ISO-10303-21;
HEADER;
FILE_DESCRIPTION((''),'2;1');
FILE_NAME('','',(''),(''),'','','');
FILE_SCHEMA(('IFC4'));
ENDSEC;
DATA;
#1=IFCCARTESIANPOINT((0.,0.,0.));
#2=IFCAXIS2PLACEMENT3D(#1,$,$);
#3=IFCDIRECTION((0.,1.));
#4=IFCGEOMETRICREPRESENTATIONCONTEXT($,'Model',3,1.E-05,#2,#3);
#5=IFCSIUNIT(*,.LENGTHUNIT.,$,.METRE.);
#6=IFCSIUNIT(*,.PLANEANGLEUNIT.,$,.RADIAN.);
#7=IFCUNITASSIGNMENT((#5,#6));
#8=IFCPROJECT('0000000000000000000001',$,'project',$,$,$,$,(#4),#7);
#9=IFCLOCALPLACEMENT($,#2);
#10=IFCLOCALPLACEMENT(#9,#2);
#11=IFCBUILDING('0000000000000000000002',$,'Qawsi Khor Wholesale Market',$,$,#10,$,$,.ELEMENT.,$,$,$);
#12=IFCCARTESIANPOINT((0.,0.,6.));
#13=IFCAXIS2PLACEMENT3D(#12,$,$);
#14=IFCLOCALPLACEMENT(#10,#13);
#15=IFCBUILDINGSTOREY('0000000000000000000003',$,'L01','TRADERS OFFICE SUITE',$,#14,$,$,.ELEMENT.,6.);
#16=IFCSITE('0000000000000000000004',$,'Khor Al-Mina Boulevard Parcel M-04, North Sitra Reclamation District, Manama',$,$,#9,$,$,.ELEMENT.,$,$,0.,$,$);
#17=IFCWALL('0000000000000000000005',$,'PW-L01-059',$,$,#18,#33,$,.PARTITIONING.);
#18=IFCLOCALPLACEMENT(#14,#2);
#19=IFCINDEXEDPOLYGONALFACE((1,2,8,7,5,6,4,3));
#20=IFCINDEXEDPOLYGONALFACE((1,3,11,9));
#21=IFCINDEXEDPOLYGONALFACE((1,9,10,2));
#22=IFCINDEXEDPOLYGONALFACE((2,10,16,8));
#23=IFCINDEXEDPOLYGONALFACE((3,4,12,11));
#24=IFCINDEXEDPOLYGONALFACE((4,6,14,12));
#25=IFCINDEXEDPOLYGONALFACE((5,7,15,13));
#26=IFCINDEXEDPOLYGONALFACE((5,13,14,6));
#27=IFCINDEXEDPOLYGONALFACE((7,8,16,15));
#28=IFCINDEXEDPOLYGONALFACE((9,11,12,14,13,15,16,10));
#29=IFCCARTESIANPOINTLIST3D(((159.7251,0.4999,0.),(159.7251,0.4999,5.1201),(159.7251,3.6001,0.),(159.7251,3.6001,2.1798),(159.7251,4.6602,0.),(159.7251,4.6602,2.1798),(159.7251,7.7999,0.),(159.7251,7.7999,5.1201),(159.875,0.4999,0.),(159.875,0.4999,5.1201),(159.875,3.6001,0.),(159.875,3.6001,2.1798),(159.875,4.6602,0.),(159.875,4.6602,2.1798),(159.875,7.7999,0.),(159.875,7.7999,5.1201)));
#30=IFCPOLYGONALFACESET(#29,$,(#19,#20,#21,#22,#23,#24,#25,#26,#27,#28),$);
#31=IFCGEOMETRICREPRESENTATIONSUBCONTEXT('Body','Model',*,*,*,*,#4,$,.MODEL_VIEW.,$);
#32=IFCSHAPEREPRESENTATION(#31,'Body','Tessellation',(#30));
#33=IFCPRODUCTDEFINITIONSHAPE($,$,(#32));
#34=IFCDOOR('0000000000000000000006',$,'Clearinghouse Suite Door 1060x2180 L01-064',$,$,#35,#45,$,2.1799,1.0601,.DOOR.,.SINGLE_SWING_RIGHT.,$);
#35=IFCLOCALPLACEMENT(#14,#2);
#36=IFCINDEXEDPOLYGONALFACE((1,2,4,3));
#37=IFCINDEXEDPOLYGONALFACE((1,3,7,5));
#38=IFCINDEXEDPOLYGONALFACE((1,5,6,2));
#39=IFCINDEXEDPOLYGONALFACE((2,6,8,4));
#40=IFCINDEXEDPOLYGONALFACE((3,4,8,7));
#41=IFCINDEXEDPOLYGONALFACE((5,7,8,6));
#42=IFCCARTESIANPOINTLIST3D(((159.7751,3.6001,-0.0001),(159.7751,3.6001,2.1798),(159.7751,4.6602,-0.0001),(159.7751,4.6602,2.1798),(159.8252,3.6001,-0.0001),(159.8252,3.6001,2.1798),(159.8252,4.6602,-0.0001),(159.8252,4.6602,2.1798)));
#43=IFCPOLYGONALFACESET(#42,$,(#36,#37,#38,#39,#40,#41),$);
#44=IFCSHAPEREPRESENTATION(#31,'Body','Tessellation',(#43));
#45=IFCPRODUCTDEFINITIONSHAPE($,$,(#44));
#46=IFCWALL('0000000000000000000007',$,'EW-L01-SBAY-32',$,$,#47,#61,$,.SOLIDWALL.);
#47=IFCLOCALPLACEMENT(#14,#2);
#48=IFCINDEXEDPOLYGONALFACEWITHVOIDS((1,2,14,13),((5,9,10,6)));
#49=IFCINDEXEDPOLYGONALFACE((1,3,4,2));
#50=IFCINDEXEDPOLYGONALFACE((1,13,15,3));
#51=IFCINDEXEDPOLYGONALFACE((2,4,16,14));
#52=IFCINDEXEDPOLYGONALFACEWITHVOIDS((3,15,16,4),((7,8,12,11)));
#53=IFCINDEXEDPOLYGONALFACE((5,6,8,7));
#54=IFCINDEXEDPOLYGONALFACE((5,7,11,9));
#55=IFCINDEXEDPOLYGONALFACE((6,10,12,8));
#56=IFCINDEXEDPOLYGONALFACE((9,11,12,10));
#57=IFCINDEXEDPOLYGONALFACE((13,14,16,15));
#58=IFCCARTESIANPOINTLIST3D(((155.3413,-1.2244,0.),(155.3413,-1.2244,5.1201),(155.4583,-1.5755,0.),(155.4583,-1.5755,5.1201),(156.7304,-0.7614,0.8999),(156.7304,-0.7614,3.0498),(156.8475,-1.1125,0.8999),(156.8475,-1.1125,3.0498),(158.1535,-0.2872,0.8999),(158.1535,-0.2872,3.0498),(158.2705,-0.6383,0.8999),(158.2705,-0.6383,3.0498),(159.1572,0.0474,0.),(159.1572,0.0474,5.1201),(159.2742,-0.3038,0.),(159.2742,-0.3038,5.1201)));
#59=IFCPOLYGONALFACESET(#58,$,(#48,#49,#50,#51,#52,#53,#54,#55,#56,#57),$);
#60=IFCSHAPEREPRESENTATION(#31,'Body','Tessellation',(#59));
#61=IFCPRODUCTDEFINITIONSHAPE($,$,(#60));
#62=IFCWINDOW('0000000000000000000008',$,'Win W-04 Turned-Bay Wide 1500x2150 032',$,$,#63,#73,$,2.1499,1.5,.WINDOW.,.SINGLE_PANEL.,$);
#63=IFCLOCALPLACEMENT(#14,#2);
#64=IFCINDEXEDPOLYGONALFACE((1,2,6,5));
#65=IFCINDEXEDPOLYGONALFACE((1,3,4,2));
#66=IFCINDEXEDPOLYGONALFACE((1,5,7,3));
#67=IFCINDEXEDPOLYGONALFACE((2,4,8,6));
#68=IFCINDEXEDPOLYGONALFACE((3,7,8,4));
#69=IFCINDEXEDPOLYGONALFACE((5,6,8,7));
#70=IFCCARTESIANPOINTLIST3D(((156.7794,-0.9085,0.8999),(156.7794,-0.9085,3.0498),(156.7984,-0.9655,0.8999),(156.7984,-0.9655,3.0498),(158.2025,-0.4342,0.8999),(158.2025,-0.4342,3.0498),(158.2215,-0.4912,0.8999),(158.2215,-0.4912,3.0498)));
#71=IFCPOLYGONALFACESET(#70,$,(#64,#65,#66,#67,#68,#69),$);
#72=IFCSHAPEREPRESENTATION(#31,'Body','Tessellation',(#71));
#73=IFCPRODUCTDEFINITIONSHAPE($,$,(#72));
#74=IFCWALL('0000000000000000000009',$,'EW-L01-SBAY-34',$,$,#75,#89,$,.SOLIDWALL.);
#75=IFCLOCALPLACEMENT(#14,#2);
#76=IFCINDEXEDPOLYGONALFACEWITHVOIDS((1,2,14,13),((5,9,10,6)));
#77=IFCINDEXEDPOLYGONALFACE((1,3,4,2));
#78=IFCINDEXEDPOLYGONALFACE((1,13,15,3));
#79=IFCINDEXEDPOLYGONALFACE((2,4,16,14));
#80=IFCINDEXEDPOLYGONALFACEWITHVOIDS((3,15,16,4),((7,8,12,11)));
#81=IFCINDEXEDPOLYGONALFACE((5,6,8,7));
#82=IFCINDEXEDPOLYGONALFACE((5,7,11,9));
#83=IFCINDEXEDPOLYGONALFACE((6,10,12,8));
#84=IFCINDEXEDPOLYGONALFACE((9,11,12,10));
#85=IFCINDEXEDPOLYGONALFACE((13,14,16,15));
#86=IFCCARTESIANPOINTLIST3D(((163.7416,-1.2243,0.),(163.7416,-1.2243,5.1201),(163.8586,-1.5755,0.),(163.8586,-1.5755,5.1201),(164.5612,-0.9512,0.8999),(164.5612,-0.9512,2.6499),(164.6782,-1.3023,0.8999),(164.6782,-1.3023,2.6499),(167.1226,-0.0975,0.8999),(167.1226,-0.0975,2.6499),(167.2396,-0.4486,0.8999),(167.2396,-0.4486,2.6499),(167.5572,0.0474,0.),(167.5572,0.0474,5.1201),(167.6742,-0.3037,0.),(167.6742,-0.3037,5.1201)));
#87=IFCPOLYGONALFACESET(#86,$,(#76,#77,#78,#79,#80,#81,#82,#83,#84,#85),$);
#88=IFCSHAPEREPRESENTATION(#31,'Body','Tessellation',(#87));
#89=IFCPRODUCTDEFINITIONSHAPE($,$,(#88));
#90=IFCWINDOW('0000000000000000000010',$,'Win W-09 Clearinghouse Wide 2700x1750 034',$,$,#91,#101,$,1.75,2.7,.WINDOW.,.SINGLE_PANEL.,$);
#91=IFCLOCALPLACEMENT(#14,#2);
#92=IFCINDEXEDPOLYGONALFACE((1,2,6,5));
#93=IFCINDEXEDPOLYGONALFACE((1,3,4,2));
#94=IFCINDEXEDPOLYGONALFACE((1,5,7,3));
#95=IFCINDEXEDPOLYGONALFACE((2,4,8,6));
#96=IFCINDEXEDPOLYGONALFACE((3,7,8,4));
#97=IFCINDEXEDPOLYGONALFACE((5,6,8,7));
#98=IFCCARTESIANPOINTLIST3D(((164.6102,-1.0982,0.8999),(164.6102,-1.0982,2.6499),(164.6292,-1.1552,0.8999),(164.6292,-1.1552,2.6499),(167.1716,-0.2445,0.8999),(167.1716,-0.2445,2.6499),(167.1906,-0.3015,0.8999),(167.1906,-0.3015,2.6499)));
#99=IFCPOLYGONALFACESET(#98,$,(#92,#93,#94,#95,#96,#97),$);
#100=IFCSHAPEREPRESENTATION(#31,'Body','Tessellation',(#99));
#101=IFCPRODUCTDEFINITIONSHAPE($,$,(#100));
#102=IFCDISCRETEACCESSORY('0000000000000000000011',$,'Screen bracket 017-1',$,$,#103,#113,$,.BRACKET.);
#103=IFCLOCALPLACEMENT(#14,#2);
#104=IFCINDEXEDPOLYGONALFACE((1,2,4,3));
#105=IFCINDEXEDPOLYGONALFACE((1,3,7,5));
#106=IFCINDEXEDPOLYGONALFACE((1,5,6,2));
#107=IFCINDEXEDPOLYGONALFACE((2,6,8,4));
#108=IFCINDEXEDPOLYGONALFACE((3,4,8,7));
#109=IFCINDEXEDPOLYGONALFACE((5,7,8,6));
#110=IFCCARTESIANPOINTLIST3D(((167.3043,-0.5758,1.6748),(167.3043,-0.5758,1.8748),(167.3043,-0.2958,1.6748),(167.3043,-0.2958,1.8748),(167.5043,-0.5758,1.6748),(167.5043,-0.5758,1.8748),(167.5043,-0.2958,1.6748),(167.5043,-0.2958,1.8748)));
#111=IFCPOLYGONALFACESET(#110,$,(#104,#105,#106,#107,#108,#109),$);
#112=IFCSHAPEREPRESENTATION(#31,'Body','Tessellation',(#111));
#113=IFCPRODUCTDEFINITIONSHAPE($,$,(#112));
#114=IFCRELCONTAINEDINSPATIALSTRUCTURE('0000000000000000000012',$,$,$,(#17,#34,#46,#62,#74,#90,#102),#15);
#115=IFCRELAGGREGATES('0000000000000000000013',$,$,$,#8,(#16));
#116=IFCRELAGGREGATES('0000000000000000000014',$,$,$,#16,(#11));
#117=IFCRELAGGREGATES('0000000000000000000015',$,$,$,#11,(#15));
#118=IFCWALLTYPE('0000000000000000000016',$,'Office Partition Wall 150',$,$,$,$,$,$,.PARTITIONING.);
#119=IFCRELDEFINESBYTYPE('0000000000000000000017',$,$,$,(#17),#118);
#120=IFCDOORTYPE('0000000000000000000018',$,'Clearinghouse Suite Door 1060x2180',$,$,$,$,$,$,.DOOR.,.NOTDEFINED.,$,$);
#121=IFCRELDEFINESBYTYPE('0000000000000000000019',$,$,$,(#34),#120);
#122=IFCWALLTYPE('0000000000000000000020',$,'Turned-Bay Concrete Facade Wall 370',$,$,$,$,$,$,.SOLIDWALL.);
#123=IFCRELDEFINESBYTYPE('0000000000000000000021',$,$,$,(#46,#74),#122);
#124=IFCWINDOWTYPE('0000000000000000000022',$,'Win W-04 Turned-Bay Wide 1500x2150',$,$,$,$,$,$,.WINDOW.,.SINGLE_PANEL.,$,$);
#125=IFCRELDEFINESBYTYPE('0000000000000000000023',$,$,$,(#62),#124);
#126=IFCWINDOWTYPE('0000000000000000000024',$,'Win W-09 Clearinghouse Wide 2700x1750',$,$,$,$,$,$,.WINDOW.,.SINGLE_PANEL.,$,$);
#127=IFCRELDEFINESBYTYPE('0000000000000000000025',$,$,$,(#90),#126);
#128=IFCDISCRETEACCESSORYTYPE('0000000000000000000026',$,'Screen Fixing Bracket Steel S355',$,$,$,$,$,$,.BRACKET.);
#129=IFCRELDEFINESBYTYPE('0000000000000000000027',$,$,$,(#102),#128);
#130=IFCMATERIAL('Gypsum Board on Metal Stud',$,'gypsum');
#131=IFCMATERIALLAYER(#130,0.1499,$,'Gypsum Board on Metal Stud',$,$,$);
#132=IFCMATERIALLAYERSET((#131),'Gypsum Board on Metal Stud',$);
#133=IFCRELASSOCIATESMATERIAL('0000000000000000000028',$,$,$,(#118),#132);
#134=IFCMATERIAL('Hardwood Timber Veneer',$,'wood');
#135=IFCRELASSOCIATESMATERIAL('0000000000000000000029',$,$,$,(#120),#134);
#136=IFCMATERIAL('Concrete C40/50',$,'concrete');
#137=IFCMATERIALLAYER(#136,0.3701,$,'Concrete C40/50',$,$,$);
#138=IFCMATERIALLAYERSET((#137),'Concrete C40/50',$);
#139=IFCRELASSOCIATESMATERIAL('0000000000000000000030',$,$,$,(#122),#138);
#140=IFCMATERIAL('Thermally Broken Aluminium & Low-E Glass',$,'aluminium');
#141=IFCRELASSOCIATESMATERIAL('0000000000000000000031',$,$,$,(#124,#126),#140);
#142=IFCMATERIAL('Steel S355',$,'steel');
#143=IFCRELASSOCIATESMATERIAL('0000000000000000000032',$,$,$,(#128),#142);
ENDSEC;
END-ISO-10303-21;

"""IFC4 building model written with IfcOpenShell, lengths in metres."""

from ifc_helpers import new_model, si_unit, direction, frame, frame_2d, origin, origin_2d, place, context, subcontext, project, spatial, rectangle, extrude, material, layer, layer_set, type_object, element, fill, save


model = new_model("IFC4")

# Units and contexts
model_context = context("Model", 3, precision=1e-05, world=origin(), true_north=direction((0.0, 1.0)))
body_context = subcontext(model_context, "Body", "Model", "MODEL_VIEW")
ifc_project = project(units=[si_unit("LENGTHUNIT", "METRE"), si_unit("PLANEANGLEUNIT", "RADIAN")], contexts=[model_context])

# Site, building, storey
site_placement = place(None, origin())
site = spatial("IfcSite", under=ifc_project, at=site_placement, Name="Khor Al-Mina Boulevard Parcel M-04, North Sitra Reclamation District, Manama", CompositionType="ELEMENT", RefElevation=0.0)
building_placement = place(site_placement, origin())
building = spatial("IfcBuilding", under=site, at=building_placement, Name="Qawsi Khor Wholesale Market", CompositionType="ELEMENT")
storey_placement = place(building_placement, frame((0.0, 0.0, 6.0)))
storey = spatial("IfcBuildingStorey", under=building, at=storey_placement, Name="L01", Description="TRADERS OFFICE SUITE", CompositionType="ELEMENT", Elevation=6.0)

# Shared definitions
ifc_material_1 = material(Name="Concrete C40/50", Category="concrete")

# Shared definitions
ifc_material_2 = material(Name="Steel S355", Category="steel")

# Wall, opening, door
ifc_material_3 = material(Name="Gypsum Board on Metal Stud", Category="gypsum")
ifc_layer_1 = layer(ifc_material_3, 0.1499, Name="Gypsum Board on Metal Stud")
ifc_layer_set_1 = layer_set([ifc_layer_1], Name="Gypsum Board on Metal Stud")
wall_type_1 = type_object("IfcWallType", Name="Office Partition Wall 150", PredefinedType="PARTITIONING", material=ifc_layer_set_1)
wall_1_placement = place(storey_placement, frame((159.8, 0.5, 0.0), z_axis=(0.0, 0.0, 1.0), x_axis=(0.0, 1.0, 0.0)))
wall_1 = element("IfcWall", 1, at=wall_1_placement, inside=storey, type_object=wall_type_1, Name="PW-L01-059", PredefinedType="PARTITIONING", context=body_context, shape_type="SweptSolid", body=[
    extrude(rectangle(XDim=7.3, YDim=0.1499, at=frame_2d((3.6499, 0.0))), origin(), (0.0, 0.0, 1.0), 5.1201),
])
opening_1_placement = place(wall_1_placement, frame((3.1001, 0.0, 0.0)))
opening_1 = element("IfcOpeningElement", 2, at=opening_1_placement, cuts=wall_1, PredefinedType="OPENING", context=body_context, shape_type="SweptSolid", body=[
    extrude(rectangle(XDim=1.0601, YDim=2.1799, at=frame_2d((0.53, 1.0898))), frame((0.0, 0.085, 0.0), z_axis=(0.0, -1.0, 0.0), x_axis=(1.0, 0.0, 0.0)), (0.0, 0.0, 1.0), 0.1699),
])
ifc_material_4 = material(Name="Hardwood Timber Veneer", Category="wood")
door_type = type_object("IfcDoorType", Name="Clearinghouse Suite Door 1060x2180", OperationType="NOTDEFINED", PredefinedType="DOOR", material=ifc_material_4)
door_placement = place(opening_1_placement, origin())
door = element("IfcDoor", 3, at=door_placement, inside=storey, type_object=door_type, Name="Clearinghouse Suite Door 1060x2180 L01-064", OperationType="SINGLE_SWING_RIGHT", OverallHeight=2.1799, OverallWidth=1.0601, PredefinedType="DOOR", context=body_context, shape_type="SweptSolid", body=[
    extrude(rectangle(XDim=1.0601, YDim=2.1799, at=frame_2d((0.53, 1.0898))), frame((0.0, 0.0249, 0.0), z_axis=(0.0, -1.0, 0.0), x_axis=(1.0, 0.0, 0.0)), (0.0, 0.0, 1.0), 0.05),
])
fill(opening_1, door)

# Walls, openings, windows
ifc_layer_2 = layer(ifc_material_1, 0.3701, Name="Concrete C40/50")
ifc_layer_set_2 = layer_set([ifc_layer_2], Name="Concrete C40/50")
wall_type_2 = type_object("IfcWallType", Name="Turned-Bay Concrete Facade Wall 370", PredefinedType="SOLIDWALL", material=ifc_layer_set_2)
wall_2_placement = place(storey_placement, frame((159.2158, -0.1282, 0.0), z_axis=(0.0, 0.0, 1.0), x_axis=(-0.948702, -0.316173, 0.0)))
wall_2 = element("IfcWall", 4, at=wall_2_placement, inside=storey, type_object=wall_type_2, Name="EW-L01-SBAY-32", PredefinedType="SOLIDWALL", context=body_context, shape_type="SweptSolid", body=[
    extrude(rectangle(XDim=4.0222, YDim=0.3701, at=frame_2d((2.0112, 0.0))), origin(), (0.0, 0.0, 1.0), 5.1201),
])
opening_2_placement = place(wall_2_placement, frame((1.0581, 0.0, 0.8999)))
opening_2 = element("IfcOpeningElement", 5, at=opening_2_placement, cuts=wall_2, PredefinedType="OPENING", context=body_context, shape_type="SweptSolid", body=[
    extrude(rectangle(XDim=1.5, YDim=2.1499, at=frame_2d((0.75, 1.075))), frame((0.0, 0.1951, 0.0), z_axis=(0.0, -1.0, 0.0), x_axis=(1.0, 0.0, 0.0)), (0.0, 0.0, 1.0), 0.3901),
])
ifc_material_5 = material(Name="Thermally Broken Aluminium & Low-E Glass", Category="aluminium")
window_type_1 = type_object("IfcWindowType", Name="Win W-04 Turned-Bay Wide 1500x2150", PartitioningType="SINGLE_PANEL", PredefinedType="WINDOW", material=ifc_material_5)
window_1_placement = place(opening_2_placement, origin())
window_1 = element("IfcWindow", 6, at=window_1_placement, inside=storey, type_object=window_type_1, Name="Win W-04 Turned-Bay Wide 1500x2150 032", OverallHeight=2.1499, OverallWidth=1.5, PartitioningType="SINGLE_PANEL", PredefinedType="WINDOW", context=body_context, shape_type="SweptSolid", body=[
    extrude(rectangle(XDim=1.5, YDim=2.1499, at=frame_2d((0.75, 1.075))), frame((0.0, 0.03, 0.0), z_axis=(0.0, -1.0, 0.0), x_axis=(1.0, 0.0, 0.0)), (0.0, 0.0, 1.0), 0.0601),
])
fill(opening_2, window_1)
wall_3_placement = place(storey_placement, frame((167.6157, -0.1282, 0.0), z_axis=(0.0, 0.0, 1.0), x_axis=(-0.948695, -0.316191, 0.0)))
wall_3 = element("IfcWall", 7, at=wall_3_placement, inside=storey, type_object=wall_type_2, Name="EW-L01-SBAY-34", PredefinedType="SOLIDWALL", context=body_context, shape_type="SweptSolid", body=[
    extrude(rectangle(XDim=4.022, YDim=0.3701, at=frame_2d((2.011, 0.0))), origin(), (0.0, 0.0, 1.0), 5.1201),
])
opening_3_placement = place(wall_3_placement, frame((0.458, 0.0, 0.8999)))
opening_3 = element("IfcOpeningElement", 8, at=opening_3_placement, cuts=wall_3, PredefinedType="OPENING", context=body_context, shape_type="SweptSolid", body=[
    extrude(rectangle(XDim=2.7, YDim=1.75, at=frame_2d((1.3501, 0.875))), frame((0.0, 0.1951, 0.0), z_axis=(0.0, -1.0, 0.0), x_axis=(1.0, 0.0, 0.0)), (0.0, 0.0, 1.0), 0.3901),
])
window_type_2 = type_object("IfcWindowType", Name="Win W-09 Clearinghouse Wide 2700x1750", PartitioningType="SINGLE_PANEL", PredefinedType="WINDOW", material=ifc_material_5)
window_2_placement = place(opening_3_placement, origin())
window_2 = element("IfcWindow", 9, at=window_2_placement, inside=storey, type_object=window_type_2, Name="Win W-09 Clearinghouse Wide 2700x1750 034", OverallHeight=1.75, OverallWidth=2.7, PartitioningType="SINGLE_PANEL", PredefinedType="WINDOW", context=body_context, shape_type="SweptSolid", body=[
    extrude(rectangle(XDim=2.7, YDim=1.75, at=frame_2d((1.3501, 0.875))), frame((0.0, 0.03, 0.0), z_axis=(0.0, -1.0, 0.0), x_axis=(1.0, 0.0, 0.0)), (0.0, 0.0, 1.0), 0.0601),
])
fill(opening_3, window_2)

# Discrete accessory
discrete_accessory_type = type_object("IfcDiscreteAccessoryType", Name="Screen Fixing Bracket Steel S355", PredefinedType="BRACKET", material=ifc_material_2)
discrete_accessory_placement = place(storey_placement, frame((167.4043, -0.4358, 1.6748), z_axis=(0.0, 0.0, 1.0), x_axis=(1.0, 0.0, 0.0)))
element("IfcDiscreteAccessory", 10, at=discrete_accessory_placement, inside=storey, type_object=discrete_accessory_type, Name="Screen bracket 017-1", PredefinedType="BRACKET", context=body_context, shape_type="SweptSolid", body=[
    extrude(rectangle(XDim=0.2, YDim=0.28, at=origin_2d()), origin(), (0.0, 0.0, 1.0), 0.2),
])

save(model, "model.ifc")
